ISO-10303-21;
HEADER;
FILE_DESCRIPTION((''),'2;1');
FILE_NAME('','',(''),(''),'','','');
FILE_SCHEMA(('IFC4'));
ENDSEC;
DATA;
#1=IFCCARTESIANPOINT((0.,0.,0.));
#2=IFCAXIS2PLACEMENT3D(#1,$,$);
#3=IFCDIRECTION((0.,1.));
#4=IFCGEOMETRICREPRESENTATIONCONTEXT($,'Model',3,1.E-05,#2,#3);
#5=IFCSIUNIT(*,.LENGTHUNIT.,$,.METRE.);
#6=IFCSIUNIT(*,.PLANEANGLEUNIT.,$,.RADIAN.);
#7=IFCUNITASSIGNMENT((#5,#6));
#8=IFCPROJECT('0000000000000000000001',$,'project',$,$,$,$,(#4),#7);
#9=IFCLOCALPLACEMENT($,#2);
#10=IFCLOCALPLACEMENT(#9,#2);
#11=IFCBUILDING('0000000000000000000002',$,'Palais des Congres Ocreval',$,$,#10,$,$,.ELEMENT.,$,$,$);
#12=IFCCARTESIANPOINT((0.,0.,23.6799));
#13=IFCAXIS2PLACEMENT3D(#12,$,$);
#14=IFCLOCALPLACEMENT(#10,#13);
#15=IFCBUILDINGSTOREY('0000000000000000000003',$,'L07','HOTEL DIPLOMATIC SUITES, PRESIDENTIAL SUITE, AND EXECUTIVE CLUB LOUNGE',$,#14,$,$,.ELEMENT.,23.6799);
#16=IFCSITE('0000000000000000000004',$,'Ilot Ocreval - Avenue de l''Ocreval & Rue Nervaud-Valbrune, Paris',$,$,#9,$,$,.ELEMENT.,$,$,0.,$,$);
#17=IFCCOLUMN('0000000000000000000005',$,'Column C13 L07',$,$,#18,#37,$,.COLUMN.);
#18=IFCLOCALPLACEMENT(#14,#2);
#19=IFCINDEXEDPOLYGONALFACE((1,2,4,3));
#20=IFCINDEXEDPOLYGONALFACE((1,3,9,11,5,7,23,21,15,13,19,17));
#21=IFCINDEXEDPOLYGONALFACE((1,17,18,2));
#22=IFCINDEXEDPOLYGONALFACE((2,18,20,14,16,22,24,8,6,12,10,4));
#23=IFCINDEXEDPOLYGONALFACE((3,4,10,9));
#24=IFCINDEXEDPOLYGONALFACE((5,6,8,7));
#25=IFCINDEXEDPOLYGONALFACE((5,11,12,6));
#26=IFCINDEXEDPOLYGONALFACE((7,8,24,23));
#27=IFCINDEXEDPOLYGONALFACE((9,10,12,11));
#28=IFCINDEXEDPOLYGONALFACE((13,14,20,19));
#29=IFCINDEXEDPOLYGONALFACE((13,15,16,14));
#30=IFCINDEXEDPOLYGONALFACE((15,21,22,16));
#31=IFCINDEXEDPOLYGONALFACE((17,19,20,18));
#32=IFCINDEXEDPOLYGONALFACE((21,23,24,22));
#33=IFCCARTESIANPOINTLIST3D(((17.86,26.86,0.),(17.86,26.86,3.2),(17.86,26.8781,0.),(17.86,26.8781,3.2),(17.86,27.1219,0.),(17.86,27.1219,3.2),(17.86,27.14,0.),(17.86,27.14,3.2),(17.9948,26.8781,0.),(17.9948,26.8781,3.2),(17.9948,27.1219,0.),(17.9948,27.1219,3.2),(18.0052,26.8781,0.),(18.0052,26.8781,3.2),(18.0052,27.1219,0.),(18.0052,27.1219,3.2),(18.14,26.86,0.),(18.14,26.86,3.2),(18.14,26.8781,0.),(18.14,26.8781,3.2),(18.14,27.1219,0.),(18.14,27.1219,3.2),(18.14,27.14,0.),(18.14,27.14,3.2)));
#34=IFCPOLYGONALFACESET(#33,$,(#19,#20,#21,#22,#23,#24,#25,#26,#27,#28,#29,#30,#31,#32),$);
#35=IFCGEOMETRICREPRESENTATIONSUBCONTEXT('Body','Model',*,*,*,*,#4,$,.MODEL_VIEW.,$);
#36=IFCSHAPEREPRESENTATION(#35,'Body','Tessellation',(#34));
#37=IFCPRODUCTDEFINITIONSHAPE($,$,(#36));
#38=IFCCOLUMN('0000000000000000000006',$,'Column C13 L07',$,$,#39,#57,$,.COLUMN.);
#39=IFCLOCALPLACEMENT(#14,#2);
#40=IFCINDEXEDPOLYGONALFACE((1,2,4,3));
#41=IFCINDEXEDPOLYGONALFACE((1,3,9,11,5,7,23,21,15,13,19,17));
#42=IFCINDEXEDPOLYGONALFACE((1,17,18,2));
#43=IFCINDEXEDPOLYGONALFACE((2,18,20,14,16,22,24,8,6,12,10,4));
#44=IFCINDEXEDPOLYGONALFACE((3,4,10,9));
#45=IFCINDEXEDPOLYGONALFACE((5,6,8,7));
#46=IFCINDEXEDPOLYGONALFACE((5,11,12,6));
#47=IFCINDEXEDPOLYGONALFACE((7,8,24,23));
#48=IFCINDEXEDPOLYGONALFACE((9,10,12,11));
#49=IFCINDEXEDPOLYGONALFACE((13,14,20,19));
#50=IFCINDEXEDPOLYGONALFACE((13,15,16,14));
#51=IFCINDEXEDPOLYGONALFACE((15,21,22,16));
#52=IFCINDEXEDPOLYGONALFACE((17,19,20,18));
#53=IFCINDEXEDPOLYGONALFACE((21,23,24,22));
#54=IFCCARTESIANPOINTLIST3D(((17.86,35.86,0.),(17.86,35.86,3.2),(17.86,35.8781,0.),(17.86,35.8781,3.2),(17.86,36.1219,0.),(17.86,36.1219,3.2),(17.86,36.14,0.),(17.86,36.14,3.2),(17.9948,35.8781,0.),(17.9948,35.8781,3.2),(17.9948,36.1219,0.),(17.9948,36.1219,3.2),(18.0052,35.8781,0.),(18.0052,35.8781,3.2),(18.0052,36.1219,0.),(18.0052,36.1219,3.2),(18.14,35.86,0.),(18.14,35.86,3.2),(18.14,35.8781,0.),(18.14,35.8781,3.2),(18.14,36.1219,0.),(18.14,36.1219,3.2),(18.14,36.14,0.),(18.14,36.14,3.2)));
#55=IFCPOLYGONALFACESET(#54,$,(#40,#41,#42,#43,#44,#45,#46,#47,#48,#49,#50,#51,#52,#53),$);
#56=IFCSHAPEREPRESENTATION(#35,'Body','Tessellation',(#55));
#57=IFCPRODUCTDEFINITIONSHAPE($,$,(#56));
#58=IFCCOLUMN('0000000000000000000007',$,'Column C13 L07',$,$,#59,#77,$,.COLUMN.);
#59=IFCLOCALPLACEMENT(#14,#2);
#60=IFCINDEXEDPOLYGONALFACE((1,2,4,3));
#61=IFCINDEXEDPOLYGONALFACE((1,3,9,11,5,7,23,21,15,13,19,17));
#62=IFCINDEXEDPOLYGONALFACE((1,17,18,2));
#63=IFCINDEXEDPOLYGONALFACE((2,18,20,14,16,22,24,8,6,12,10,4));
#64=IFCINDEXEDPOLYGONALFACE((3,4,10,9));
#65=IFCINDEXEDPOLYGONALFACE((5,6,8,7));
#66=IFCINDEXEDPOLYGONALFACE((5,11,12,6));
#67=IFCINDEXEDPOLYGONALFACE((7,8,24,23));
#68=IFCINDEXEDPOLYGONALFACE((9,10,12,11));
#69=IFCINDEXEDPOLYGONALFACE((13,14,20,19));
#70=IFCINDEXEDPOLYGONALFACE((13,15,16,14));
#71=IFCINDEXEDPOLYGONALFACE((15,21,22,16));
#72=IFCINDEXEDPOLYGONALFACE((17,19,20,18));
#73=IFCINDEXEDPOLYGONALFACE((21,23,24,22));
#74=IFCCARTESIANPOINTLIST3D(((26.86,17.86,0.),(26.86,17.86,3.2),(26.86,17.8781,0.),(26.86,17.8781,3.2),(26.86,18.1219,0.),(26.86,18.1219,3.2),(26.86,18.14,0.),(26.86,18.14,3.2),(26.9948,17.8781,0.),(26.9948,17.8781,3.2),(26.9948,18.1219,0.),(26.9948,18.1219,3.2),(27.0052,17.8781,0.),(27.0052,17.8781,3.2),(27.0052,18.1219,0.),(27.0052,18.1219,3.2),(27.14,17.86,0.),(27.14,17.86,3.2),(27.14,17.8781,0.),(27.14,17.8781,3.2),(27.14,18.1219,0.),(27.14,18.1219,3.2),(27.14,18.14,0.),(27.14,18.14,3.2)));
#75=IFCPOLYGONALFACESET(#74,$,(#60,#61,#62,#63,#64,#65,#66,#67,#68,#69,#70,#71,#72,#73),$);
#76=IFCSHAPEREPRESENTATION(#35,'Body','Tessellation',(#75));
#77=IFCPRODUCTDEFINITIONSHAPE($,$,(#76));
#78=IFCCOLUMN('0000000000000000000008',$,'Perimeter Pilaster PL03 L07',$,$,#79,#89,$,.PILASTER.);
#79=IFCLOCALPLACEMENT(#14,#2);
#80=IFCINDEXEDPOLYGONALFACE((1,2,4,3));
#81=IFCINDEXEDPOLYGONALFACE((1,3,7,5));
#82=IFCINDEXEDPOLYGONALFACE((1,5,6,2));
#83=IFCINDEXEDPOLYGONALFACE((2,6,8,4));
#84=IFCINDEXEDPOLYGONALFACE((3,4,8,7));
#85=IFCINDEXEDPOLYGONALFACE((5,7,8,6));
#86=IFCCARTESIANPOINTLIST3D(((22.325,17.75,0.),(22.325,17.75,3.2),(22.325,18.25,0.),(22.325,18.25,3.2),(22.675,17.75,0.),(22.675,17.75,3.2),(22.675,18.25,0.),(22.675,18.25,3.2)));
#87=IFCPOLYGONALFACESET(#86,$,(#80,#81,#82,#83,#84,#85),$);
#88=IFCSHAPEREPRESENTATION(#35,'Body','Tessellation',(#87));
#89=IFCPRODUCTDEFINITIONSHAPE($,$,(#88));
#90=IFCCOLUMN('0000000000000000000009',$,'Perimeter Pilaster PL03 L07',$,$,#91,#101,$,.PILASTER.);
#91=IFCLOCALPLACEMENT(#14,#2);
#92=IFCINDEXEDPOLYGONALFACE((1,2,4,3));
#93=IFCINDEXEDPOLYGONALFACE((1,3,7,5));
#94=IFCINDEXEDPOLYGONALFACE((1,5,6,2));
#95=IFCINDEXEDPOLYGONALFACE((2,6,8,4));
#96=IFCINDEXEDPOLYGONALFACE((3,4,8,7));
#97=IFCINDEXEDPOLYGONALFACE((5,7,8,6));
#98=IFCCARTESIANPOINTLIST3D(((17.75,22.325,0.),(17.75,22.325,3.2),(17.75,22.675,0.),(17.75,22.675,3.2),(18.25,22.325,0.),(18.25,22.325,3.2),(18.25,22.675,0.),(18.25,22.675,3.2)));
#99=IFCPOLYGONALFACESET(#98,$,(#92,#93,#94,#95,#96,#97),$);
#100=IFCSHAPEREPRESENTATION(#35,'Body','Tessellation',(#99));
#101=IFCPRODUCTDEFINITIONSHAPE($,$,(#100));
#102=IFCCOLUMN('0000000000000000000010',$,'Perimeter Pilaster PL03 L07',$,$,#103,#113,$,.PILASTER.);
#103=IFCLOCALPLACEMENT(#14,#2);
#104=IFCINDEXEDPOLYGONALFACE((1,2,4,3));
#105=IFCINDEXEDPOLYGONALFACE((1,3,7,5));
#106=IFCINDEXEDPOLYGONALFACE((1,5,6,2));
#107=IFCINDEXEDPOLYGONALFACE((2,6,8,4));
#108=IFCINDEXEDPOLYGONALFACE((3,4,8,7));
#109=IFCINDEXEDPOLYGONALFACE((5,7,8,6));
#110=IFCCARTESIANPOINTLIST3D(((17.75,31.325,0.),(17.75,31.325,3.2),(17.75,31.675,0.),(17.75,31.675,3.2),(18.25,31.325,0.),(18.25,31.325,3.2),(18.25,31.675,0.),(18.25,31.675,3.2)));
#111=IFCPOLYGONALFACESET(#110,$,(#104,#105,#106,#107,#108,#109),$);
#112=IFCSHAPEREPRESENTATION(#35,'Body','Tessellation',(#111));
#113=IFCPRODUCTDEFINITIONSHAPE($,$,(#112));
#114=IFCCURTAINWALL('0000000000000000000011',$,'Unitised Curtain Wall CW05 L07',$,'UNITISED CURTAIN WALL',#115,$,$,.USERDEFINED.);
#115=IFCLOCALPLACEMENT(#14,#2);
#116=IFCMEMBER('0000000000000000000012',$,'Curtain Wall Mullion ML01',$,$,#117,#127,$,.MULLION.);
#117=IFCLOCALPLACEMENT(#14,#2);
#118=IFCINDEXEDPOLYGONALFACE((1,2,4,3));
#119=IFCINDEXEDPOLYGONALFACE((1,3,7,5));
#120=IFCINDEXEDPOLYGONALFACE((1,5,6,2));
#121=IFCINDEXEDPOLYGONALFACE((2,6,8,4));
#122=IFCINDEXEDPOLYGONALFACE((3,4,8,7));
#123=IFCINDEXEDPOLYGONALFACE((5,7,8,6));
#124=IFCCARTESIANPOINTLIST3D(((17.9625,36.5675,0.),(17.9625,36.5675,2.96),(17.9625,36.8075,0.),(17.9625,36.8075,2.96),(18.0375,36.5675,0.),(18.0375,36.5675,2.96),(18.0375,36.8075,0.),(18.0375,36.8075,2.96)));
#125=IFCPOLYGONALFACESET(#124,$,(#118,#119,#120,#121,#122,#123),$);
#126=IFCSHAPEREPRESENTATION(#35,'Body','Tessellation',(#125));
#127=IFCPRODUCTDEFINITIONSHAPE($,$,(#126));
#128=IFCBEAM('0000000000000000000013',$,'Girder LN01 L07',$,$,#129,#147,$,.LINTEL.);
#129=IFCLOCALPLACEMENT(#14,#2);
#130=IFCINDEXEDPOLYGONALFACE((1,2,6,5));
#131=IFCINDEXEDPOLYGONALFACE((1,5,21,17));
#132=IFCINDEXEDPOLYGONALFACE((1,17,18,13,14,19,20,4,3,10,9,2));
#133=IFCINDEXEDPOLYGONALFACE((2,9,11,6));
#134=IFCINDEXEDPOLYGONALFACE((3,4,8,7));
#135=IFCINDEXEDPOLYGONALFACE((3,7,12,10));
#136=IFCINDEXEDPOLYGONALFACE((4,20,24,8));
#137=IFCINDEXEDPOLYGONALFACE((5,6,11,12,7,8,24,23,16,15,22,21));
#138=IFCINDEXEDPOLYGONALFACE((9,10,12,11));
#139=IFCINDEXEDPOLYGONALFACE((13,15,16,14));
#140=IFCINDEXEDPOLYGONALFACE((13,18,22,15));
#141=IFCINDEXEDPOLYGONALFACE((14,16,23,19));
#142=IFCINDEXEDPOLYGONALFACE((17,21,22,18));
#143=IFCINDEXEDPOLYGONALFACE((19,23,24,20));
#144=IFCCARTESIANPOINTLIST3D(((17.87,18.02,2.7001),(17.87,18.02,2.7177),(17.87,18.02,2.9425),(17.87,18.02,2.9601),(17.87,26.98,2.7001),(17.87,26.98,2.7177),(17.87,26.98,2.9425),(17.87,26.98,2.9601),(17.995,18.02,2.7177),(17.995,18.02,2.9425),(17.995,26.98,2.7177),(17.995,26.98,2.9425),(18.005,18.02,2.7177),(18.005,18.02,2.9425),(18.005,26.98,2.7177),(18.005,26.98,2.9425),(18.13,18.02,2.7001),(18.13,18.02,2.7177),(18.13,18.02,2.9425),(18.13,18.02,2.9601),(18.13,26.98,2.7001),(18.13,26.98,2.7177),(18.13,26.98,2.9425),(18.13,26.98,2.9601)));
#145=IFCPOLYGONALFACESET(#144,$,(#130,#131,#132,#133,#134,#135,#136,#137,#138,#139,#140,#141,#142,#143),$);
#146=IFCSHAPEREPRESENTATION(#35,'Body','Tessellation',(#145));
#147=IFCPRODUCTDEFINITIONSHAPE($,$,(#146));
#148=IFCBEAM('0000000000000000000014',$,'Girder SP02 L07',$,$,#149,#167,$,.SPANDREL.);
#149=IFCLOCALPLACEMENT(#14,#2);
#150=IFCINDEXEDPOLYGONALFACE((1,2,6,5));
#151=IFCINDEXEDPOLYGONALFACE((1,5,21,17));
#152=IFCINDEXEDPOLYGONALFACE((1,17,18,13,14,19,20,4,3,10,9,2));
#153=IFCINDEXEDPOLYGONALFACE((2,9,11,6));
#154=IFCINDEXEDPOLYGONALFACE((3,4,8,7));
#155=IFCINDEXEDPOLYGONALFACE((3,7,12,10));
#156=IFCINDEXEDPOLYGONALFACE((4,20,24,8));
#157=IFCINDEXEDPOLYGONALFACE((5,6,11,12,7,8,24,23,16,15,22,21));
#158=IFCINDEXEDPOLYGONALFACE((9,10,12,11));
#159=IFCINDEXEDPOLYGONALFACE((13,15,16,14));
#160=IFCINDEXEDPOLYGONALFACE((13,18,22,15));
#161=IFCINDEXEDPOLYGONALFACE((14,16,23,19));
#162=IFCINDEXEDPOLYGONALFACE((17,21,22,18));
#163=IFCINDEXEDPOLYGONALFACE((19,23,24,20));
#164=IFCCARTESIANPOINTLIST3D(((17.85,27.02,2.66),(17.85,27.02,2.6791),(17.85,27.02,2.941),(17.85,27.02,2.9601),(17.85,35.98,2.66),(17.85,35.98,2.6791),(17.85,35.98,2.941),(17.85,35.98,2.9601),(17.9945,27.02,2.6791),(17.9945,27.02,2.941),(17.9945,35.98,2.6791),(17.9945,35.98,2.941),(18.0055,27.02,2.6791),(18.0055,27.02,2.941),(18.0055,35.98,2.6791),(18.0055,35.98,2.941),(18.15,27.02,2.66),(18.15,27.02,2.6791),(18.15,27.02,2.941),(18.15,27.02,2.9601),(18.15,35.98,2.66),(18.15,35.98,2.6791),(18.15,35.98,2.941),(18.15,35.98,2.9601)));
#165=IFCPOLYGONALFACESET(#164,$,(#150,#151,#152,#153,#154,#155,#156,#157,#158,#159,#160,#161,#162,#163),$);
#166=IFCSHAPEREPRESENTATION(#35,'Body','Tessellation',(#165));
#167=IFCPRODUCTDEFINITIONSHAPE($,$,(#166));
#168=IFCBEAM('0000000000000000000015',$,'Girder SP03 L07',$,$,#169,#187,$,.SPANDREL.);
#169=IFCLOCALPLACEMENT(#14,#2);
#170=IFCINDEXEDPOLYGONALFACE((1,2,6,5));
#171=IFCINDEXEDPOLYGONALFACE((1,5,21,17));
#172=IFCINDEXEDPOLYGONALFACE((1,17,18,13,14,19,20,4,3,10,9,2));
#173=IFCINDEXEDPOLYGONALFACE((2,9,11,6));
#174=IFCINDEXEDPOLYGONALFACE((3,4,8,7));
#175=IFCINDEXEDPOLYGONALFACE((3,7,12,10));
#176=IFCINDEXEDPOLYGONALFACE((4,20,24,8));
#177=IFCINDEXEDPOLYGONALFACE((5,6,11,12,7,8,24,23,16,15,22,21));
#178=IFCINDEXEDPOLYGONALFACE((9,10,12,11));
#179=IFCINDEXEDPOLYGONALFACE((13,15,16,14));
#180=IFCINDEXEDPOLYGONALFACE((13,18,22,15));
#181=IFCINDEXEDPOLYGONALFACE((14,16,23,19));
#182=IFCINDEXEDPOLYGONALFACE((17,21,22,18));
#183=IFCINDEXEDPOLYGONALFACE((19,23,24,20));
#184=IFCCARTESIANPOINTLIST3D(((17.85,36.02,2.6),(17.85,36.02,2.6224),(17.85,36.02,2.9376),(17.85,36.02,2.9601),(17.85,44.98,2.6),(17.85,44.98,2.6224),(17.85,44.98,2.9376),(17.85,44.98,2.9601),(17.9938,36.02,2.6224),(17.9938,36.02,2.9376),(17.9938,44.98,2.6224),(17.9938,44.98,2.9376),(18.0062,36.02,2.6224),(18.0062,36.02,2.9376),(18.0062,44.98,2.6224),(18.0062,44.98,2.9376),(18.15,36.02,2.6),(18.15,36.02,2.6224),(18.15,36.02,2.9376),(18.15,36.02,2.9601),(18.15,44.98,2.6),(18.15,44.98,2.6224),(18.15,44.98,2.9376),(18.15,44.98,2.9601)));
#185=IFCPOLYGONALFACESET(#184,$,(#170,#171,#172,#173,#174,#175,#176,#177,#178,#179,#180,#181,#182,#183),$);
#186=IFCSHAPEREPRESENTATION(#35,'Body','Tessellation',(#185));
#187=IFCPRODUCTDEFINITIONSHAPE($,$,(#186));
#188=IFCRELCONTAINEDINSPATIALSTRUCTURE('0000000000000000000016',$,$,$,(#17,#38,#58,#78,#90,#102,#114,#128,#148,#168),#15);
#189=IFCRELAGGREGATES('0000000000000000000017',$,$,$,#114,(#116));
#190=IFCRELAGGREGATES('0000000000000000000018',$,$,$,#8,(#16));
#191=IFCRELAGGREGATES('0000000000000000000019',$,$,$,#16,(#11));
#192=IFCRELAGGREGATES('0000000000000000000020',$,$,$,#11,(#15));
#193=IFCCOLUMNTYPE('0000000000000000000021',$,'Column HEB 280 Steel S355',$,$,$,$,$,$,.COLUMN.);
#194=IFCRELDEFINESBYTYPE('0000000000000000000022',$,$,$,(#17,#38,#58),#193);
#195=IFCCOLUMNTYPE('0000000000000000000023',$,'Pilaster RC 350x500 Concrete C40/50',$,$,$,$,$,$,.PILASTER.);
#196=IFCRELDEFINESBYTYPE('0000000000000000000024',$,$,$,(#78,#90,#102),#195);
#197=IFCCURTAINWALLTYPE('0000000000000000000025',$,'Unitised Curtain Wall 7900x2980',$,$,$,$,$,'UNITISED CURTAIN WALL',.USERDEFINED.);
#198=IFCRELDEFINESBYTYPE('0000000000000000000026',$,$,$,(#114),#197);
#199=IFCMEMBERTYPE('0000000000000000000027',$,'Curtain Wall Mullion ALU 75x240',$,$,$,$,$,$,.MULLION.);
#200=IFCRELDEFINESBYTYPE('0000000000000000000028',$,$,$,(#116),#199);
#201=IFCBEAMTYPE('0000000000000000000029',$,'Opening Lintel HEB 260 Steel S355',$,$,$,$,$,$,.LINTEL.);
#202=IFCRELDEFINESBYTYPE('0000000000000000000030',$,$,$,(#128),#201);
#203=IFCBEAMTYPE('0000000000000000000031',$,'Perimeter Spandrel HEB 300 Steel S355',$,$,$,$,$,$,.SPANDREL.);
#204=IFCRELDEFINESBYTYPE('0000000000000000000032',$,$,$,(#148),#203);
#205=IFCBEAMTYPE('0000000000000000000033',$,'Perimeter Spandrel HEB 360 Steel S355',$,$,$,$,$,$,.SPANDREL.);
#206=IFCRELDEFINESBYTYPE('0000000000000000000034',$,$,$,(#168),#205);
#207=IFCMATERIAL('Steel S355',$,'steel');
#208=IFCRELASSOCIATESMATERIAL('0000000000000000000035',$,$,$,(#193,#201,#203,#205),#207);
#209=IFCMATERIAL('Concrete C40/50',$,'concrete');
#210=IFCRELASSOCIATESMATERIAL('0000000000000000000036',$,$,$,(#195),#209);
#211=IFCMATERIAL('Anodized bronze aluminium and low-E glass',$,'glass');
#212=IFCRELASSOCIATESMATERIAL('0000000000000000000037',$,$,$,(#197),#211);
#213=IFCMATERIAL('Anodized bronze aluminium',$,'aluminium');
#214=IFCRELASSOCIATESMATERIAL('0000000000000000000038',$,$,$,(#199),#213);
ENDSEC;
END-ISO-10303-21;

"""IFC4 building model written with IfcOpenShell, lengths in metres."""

from ifc_helpers import new_model, si_unit, direction, frame, origin, origin_2d, place, context, subcontext, project, spatial, rectangle, i_section, extrude, material, material_profile, profile_set, type_object, element, aggregate, save


model = new_model("IFC4")

# Units and contexts
model_context = context("Model", 3, precision=1e-05, world=origin(), true_north=direction((0.0, 1.0)))
body_context = subcontext(model_context, "Body", "Model", "MODEL_VIEW")
ifc_project = project(units=[si_unit("LENGTHUNIT", "METRE"), si_unit("PLANEANGLEUNIT", "RADIAN")], contexts=[model_context])

# Site, building, storey
site_placement = place(None, origin())
site = spatial("IfcSite", under=ifc_project, at=site_placement, Name="Ilot Ocreval - Avenue de l'Ocreval & Rue Nervaud-Valbrune, Paris", CompositionType="ELEMENT", RefElevation=0.0)
building_placement = place(site_placement, origin())
building = spatial("IfcBuilding", under=site, at=building_placement, Name="Palais des Congres Ocreval", CompositionType="ELEMENT")
storey_placement = place(building_placement, frame((0.0, 0.0, 23.6799)))
storey = spatial("IfcBuildingStorey", under=building, at=storey_placement, Name="L07", Description="HOTEL DIPLOMATIC SUITES, PRESIDENTIAL SUITE, AND EXECUTIVE CLUB LOUNGE", CompositionType="ELEMENT", Elevation=23.6799)

# Columns
ifc_material_1 = material(Name="Steel S355", Category="steel")
ifc_material_profile_1 = material_profile(ifc_material_1, i_section(OverallWidth=0.28, OverallDepth=0.28, WebThickness=0.0105, FlangeThickness=0.0181, at=origin_2d()), Name="HEB 280")
ifc_profile_set_1 = profile_set([ifc_material_profile_1], Name="Steel S355")
column_type_1 = type_object("IfcColumnType", Name="Column HEB 280 Steel S355", PredefinedType="COLUMN", material=ifc_profile_set_1)
for number, where, z_axis, x_axis, name in (
    (1, (18.0, 27.0, 0.0), (0.0, 0.0, 1.0), (1.0, 0.0, 0.0), "Column C13 L07"),
    (2, (18.0, 36.0, 0.0), (0.0, 0.0, 1.0), (1.0, 0.0, 0.0), "Column C13 L07"),
    (3, (27.0, 18.0, 0.0), (0.0, 0.0, 1.0), (1.0, 0.0, 0.0), "Column C13 L07"),
):
    element("IfcColumn", number, at=place(storey_placement, frame(where, z_axis=z_axis, x_axis=x_axis)), inside=storey, type_object=column_type_1, Name=name, PredefinedType="COLUMN", context=body_context, shape_type="SweptSolid", body=[
        extrude(i_section(OverallWidth=0.28, OverallDepth=0.28, WebThickness=0.0105, FlangeThickness=0.0181, at=origin_2d()), origin(), (0.0, 0.0, 1.0), 3.2),
    ])
ifc_material_2 = material(Name="Concrete C40/50", Category="concrete")
ifc_material_profile_2 = material_profile(ifc_material_2, rectangle(XDim=0.3501, YDim=0.5, at=origin_2d()), Name="RC 350x500")
ifc_profile_set_2 = profile_set([ifc_material_profile_2], Name="Concrete C40/50")
column_type_2 = type_object("IfcColumnType", Name="Pilaster RC 350x500 Concrete C40/50", PredefinedType="PILASTER", material=ifc_profile_set_2)
for number, where, z_axis, x_axis, name in (
    (4, (22.5, 18.0, 0.0), (0.0, 0.0, 1.0), (1.0, 0.0, 0.0), "Perimeter Pilaster PL03 L07"),
    (5, (18.0, 22.5, 0.0), (0.0, 0.0, 1.0), (0.0, 1.0, 0.0), "Perimeter Pilaster PL03 L07"),
    (6, (18.0, 31.5, 0.0), (0.0, 0.0, 1.0), (0.0, 1.0, 0.0), "Perimeter Pilaster PL03 L07"),
):
    element("IfcColumn", number, at=place(storey_placement, frame(where, z_axis=z_axis, x_axis=x_axis)), inside=storey, type_object=column_type_2, Name=name, PredefinedType="PILASTER", context=body_context, shape_type="SweptSolid", body=[
        extrude(rectangle(XDim=0.3501, YDim=0.5, at=origin_2d()), origin(), (0.0, 0.0, 1.0), 3.2),
    ])

# Curtain wall, member
ifc_material_3 = material(Name="Anodized bronze aluminium and low-E glass", Category="glass")
curtain_wall_type = type_object("IfcCurtainWallType", Name="Unitised Curtain Wall 7900x2980", ElementType="UNITISED CURTAIN WALL", PredefinedType="USERDEFINED", material=ifc_material_3)
curtain_wall_placement = place(storey_placement, origin())
curtain_wall = element("IfcCurtainWall", 7, at=curtain_wall_placement, inside=storey, type_object=curtain_wall_type, Name="Unitised Curtain Wall CW05 L07", ObjectType="UNITISED CURTAIN WALL", PredefinedType="USERDEFINED")
ifc_material_4 = material(Name="Anodized bronze aluminium", Category="aluminium")
ifc_material_profile_3 = material_profile(ifc_material_4, rectangle(XDim=0.075, YDim=0.24, at=origin_2d()), Name="ALU 75x240")
ifc_profile_set_3 = profile_set([ifc_material_profile_3], Name="Anodized bronze aluminium")
member_type = type_object("IfcMemberType", Name="Curtain Wall Mullion ALU 75x240", PredefinedType="MULLION", material=ifc_profile_set_3)
member_placement = place(storey_placement, frame((18.0, 36.6875, 0.0), z_axis=(0.0, 0.0, 1.0), x_axis=(1.0, 0.0, 0.0)))
member = element("IfcMember", 8, at=member_placement, type_object=member_type, Name="Curtain Wall Mullion ML01", PredefinedType="MULLION", context=body_context, shape_type="SweptSolid", body=[
    extrude(rectangle(XDim=0.075, YDim=0.24, at=origin_2d()), origin(), (0.0, 0.0, 1.0), 2.96),
])

# Beams
ifc_material_profile_4 = material_profile(ifc_material_1, i_section(OverallWidth=0.26, OverallDepth=0.26, WebThickness=0.01, FlangeThickness=0.0176, at=origin_2d()), Name="HEB 260")
ifc_profile_set_4 = profile_set([ifc_material_profile_4], Name="Steel S355")
beam_type_1 = type_object("IfcBeamType", Name="Opening Lintel HEB 260 Steel S355", PredefinedType="LINTEL", material=ifc_profile_set_4)
beam_1_placement = place(storey_placement, frame((18.0, 18.02, 2.8301), z_axis=(0.0, 1.0, 0.0), x_axis=(-1.0, 0.0, 0.0)))
element("IfcBeam", 9, at=beam_1_placement, inside=storey, type_object=beam_type_1, Name="Girder LN01 L07", PredefinedType="LINTEL", context=body_context, shape_type="SweptSolid", body=[
    extrude(i_section(OverallWidth=0.26, OverallDepth=0.26, WebThickness=0.01, FlangeThickness=0.0176, at=origin_2d()), origin(), (0.0, 0.0, 1.0), 8.96),
])
ifc_material_profile_5 = material_profile(ifc_material_1, i_section(OverallWidth=0.3, OverallDepth=0.3, WebThickness=0.011, FlangeThickness=0.019, at=origin_2d()), Name="HEB 300")
ifc_profile_set_5 = profile_set([ifc_material_profile_5], Name="Steel S355")
beam_type_2 = type_object("IfcBeamType", Name="Perimeter Spandrel HEB 300 Steel S355", PredefinedType="SPANDREL", material=ifc_profile_set_5)
beam_2_placement = place(storey_placement, frame((18.0, 27.02, 2.8101), z_axis=(0.0, 1.0, 0.0), x_axis=(-1.0, 0.0, 0.0)))
element("IfcBeam", 10, at=beam_2_placement, inside=storey, type_object=beam_type_2, Name="Girder SP02 L07", PredefinedType="SPANDREL", context=body_context, shape_type="SweptSolid", body=[
    extrude(i_section(OverallWidth=0.3, OverallDepth=0.3, WebThickness=0.011, FlangeThickness=0.019, at=origin_2d()), origin(), (0.0, 0.0, 1.0), 8.96),
])
ifc_material_profile_6 = material_profile(ifc_material_1, i_section(OverallWidth=0.3, OverallDepth=0.3601, WebThickness=0.0125, FlangeThickness=0.0225, at=origin_2d()), Name="HEB 360")
ifc_profile_set_6 = profile_set([ifc_material_profile_6], Name="Steel S355")
beam_type_3 = type_object("IfcBeamType", Name="Perimeter Spandrel HEB 360 Steel S355", PredefinedType="SPANDREL", material=ifc_profile_set_6)
beam_3_placement = place(storey_placement, frame((18.0, 36.02, 2.78), z_axis=(0.0, 1.0, 0.0), x_axis=(-1.0, 0.0, 0.0)))
element("IfcBeam", 11, at=beam_3_placement, inside=storey, type_object=beam_type_3, Name="Girder SP03 L07", PredefinedType="SPANDREL", context=body_context, shape_type="SweptSolid", body=[
    extrude(i_section(OverallWidth=0.3, OverallDepth=0.3601, WebThickness=0.0125, FlangeThickness=0.0225, at=origin_2d()), origin(), (0.0, 0.0, 1.0), 8.96),
])

aggregate(curtain_wall, [member])

save(model, "model.ifc")
